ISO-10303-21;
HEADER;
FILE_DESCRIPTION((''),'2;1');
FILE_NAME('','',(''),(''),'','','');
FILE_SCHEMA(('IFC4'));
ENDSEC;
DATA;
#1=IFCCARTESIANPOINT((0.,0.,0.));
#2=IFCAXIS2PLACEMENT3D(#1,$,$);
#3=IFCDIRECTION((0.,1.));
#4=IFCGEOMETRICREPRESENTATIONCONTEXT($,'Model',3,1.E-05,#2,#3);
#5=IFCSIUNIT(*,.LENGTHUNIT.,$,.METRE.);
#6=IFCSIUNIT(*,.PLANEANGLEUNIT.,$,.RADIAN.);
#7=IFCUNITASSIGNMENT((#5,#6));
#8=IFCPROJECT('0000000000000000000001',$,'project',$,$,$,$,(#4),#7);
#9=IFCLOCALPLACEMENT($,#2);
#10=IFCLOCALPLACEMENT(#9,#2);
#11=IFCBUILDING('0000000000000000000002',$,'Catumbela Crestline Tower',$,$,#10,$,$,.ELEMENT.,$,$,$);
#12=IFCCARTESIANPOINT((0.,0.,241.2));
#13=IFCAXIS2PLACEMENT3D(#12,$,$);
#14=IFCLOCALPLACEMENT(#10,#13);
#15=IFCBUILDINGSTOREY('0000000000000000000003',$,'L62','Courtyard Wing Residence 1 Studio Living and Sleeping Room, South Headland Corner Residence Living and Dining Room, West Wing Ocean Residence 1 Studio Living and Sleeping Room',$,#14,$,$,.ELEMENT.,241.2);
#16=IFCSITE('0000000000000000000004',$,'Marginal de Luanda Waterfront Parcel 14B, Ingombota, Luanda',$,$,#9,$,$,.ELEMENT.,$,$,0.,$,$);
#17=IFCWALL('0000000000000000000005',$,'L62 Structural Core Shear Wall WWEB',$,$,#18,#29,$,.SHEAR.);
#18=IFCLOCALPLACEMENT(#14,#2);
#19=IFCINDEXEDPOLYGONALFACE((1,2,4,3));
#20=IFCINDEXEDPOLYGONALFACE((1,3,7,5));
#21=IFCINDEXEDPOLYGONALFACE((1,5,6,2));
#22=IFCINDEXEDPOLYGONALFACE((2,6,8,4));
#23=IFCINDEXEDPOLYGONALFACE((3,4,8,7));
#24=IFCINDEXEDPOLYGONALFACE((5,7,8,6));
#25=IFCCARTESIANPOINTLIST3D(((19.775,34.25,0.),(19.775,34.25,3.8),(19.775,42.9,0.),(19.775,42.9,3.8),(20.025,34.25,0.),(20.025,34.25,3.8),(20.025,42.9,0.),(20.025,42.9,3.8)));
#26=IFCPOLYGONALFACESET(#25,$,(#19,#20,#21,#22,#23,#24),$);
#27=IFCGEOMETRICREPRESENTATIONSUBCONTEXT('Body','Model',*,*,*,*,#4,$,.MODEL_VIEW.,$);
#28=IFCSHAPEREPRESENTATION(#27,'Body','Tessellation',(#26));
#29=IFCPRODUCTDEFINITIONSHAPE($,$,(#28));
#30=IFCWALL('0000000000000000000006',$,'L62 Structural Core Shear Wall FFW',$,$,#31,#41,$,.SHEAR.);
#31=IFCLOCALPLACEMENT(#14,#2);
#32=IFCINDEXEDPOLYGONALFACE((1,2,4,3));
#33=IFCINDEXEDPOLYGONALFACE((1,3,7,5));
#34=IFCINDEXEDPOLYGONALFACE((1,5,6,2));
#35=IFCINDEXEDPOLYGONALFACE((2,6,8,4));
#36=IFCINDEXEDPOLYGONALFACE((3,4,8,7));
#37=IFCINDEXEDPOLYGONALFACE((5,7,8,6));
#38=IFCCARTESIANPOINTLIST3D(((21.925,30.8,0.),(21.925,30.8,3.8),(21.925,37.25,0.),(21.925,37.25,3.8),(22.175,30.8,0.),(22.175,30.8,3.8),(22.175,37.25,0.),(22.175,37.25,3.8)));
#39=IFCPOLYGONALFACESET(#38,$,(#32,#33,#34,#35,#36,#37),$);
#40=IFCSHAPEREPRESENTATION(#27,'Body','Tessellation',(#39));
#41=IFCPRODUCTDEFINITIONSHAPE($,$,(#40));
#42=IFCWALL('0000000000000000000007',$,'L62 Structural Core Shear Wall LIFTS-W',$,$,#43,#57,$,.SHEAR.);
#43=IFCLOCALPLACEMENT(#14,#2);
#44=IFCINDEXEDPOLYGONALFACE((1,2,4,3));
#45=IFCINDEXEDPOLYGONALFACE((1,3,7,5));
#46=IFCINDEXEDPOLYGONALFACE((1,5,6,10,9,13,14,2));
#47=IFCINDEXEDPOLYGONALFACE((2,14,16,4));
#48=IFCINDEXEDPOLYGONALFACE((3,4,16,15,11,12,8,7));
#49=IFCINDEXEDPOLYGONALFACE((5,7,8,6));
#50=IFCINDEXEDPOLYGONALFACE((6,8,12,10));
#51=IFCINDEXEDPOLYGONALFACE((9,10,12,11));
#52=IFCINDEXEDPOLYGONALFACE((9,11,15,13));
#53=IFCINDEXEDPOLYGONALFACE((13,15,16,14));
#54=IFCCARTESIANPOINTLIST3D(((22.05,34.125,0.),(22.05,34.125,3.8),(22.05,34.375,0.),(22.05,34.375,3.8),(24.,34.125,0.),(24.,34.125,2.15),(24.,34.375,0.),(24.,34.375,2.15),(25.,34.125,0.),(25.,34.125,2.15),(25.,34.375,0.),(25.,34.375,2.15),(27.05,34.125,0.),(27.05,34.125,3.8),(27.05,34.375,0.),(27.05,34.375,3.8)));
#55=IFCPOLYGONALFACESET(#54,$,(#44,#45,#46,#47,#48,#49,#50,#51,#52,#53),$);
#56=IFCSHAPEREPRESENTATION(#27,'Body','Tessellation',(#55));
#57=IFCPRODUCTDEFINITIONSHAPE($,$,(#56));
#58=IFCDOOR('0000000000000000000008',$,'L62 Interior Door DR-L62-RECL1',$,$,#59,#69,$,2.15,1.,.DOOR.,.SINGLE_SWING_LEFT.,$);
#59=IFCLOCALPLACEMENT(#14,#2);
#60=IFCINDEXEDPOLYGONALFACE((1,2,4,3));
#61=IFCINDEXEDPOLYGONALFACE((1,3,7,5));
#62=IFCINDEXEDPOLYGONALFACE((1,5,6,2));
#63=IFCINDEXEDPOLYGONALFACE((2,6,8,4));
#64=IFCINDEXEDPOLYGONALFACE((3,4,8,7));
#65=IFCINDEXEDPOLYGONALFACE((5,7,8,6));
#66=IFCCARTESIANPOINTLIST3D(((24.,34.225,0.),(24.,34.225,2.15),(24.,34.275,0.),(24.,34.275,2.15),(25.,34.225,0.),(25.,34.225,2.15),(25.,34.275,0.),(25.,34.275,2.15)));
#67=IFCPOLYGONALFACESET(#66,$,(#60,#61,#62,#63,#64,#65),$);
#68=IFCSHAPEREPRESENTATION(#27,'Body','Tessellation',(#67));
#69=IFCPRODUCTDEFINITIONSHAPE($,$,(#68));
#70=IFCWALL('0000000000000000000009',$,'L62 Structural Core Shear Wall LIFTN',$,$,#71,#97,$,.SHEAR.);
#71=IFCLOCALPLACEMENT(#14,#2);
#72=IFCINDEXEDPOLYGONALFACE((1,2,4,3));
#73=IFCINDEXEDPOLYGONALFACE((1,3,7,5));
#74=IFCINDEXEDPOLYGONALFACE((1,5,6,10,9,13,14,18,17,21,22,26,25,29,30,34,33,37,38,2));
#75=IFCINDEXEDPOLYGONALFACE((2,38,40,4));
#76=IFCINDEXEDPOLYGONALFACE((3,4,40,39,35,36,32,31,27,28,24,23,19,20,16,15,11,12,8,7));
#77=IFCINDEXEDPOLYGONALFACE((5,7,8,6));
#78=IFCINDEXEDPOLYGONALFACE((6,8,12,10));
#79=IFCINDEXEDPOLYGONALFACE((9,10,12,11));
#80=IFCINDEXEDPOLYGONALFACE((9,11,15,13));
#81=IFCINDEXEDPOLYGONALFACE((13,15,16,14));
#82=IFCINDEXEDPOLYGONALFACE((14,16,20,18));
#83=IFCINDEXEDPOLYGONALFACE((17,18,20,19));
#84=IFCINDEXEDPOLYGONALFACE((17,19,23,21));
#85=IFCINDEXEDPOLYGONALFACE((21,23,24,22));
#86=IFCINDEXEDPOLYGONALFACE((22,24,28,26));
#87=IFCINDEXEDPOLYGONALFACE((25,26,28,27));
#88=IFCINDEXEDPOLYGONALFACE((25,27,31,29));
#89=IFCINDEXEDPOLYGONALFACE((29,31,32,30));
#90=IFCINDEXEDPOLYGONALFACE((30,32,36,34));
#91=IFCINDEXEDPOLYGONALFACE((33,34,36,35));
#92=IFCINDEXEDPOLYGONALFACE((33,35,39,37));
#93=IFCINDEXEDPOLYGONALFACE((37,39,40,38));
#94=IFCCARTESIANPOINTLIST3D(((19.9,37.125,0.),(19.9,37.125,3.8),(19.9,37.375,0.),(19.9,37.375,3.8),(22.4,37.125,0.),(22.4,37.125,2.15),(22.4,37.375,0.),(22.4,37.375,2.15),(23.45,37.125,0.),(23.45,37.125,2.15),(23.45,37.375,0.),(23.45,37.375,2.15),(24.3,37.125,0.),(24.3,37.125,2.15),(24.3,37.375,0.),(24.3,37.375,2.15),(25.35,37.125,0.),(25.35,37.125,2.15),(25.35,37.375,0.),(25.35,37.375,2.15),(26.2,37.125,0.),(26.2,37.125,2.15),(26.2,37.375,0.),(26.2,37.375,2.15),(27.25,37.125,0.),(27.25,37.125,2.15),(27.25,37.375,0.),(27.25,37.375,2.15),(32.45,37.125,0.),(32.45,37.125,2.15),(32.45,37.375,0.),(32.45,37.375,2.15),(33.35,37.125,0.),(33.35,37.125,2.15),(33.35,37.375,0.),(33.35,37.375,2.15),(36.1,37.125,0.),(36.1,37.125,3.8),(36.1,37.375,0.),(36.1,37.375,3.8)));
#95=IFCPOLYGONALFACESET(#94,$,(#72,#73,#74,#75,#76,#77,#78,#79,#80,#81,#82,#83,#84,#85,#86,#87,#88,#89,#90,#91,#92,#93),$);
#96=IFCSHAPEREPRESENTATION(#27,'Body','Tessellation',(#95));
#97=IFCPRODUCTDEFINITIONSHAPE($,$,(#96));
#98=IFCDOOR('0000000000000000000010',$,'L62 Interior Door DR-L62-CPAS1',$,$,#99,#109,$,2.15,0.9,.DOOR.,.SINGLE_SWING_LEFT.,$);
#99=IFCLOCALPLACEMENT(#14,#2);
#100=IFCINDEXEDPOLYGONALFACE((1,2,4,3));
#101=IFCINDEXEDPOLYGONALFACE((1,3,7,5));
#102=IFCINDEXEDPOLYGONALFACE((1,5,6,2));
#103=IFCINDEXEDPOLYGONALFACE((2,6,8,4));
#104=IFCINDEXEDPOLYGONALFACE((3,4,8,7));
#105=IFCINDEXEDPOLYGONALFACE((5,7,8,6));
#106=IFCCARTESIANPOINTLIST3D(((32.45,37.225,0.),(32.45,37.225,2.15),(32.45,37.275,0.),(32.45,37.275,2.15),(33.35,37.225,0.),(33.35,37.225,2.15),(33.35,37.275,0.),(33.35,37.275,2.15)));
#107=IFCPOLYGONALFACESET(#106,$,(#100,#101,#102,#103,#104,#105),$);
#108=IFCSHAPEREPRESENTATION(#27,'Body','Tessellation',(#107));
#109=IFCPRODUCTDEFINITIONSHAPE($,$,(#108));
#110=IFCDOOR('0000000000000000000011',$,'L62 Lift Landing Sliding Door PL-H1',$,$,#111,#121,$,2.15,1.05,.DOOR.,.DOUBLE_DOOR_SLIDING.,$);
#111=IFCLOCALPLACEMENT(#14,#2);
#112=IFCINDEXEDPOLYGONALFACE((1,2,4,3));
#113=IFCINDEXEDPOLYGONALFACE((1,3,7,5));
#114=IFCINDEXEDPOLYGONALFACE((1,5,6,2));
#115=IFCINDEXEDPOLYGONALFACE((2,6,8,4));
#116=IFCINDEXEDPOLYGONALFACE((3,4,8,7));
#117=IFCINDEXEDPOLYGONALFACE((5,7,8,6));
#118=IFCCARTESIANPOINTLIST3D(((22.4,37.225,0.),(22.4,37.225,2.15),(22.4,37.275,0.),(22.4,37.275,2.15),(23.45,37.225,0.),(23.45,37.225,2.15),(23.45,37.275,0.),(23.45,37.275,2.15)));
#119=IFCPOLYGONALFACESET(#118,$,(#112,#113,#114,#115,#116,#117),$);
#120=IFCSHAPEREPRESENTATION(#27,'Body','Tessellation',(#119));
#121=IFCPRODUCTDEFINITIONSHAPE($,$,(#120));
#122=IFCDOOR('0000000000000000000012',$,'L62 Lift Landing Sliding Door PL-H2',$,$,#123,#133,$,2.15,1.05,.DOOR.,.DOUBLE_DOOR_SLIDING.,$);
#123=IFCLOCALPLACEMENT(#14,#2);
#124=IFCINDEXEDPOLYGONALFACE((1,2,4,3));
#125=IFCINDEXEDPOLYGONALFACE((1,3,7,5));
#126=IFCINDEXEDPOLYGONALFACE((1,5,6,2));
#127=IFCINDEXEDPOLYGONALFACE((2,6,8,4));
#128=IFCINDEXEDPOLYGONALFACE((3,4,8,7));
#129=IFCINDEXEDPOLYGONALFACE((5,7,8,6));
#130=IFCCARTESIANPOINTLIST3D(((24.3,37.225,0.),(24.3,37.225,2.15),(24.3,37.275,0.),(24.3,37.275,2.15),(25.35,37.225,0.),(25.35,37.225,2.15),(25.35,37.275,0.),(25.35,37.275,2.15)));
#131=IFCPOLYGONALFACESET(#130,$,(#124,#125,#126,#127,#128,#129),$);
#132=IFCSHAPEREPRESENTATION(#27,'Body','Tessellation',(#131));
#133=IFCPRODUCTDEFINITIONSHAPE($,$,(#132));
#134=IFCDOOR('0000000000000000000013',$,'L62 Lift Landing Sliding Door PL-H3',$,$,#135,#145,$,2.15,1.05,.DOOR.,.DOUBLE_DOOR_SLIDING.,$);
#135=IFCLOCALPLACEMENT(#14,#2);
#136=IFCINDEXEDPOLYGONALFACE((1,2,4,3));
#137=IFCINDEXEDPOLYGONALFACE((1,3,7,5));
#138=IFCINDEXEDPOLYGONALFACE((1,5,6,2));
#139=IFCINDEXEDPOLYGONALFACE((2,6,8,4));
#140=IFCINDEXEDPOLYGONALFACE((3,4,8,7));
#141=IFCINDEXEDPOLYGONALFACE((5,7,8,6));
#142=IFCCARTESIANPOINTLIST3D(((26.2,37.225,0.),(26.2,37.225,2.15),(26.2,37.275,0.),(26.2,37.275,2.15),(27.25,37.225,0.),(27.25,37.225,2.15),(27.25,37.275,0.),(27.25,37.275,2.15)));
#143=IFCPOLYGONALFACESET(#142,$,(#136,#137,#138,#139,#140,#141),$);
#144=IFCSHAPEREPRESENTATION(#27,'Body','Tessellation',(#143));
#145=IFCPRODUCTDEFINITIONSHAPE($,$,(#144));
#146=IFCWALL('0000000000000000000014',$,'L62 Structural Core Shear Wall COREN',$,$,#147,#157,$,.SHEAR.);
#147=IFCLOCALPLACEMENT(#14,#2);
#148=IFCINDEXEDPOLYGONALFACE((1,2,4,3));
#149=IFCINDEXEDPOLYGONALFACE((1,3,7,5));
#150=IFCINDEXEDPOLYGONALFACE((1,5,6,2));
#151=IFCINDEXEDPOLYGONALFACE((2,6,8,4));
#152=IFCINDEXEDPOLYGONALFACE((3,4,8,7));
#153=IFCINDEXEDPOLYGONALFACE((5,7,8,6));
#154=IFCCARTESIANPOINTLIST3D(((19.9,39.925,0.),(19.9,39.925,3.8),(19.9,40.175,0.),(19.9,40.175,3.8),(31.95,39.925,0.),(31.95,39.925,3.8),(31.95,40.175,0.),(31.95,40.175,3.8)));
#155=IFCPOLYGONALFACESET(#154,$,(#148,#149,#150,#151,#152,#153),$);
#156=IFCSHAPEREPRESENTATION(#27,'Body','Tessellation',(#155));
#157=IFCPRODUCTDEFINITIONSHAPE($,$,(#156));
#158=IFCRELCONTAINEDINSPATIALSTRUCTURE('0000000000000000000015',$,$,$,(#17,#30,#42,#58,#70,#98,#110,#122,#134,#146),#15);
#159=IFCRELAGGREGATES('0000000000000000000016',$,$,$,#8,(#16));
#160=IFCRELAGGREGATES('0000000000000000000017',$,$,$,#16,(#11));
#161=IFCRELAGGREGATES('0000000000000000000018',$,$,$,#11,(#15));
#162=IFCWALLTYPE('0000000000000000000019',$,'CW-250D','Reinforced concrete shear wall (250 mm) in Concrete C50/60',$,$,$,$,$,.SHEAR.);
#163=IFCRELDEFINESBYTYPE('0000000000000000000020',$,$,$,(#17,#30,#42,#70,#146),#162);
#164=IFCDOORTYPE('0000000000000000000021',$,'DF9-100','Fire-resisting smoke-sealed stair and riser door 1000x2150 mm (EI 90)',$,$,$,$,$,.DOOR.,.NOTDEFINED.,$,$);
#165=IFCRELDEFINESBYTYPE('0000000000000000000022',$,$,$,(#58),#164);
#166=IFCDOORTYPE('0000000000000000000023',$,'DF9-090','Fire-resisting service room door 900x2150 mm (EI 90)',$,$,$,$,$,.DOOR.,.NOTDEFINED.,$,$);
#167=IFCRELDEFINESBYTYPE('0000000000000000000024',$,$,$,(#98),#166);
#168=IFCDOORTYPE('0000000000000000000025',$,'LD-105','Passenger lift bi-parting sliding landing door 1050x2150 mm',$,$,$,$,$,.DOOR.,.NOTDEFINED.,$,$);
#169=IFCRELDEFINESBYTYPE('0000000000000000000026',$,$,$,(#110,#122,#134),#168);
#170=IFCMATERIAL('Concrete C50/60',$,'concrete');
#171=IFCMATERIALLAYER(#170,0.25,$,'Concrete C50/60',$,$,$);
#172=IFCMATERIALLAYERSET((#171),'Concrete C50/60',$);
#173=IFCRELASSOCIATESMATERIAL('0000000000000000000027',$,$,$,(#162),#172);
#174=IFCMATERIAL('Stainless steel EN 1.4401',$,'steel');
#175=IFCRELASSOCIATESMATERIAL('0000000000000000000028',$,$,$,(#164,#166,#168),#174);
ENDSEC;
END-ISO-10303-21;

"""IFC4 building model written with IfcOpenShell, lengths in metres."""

from ifc_helpers import new_model, si_unit, direction, frame, frame_2d, origin, place, context, subcontext, project, spatial, rectangle, extrude, material, layer, layer_set, type_object, element, fill, save


model = new_model("IFC4")

# Units and contexts
model_context = context("Model", 3, precision=1e-05, world=origin(), true_north=direction((0.0, 1.0)))
body_context = subcontext(model_context, "Body", "Model", "MODEL_VIEW")
ifc_project = project(units=[si_unit("LENGTHUNIT", "METRE"), si_unit("PLANEANGLEUNIT", "RADIAN")], contexts=[model_context])

# Site, building, storey
site_placement = place(None, origin())
site = spatial("IfcSite", under=ifc_project, at=site_placement, Name="Marginal de Luanda Waterfront Parcel 14B, Ingombota, Luanda", CompositionType="ELEMENT", RefElevation=0.0)
building_placement = place(site_placement, origin())
building = spatial("IfcBuilding", under=site, at=building_placement, Name="Catumbela Crestline Tower", CompositionType="ELEMENT")
storey_placement = place(building_placement, frame((0.0, 0.0, 241.2)))
storey = spatial("IfcBuildingStorey", under=building, at=storey_placement, Name="L62", Description="Courtyard Wing Residence 1 Studio Living and Sleeping Room, South Headland Corner Residence Living and Dining Room, West Wing Ocean Residence 1 Studio Living and Sleeping Room", CompositionType="ELEMENT", Elevation=241.2)

# Walls
ifc_material_1 = material(Name="Concrete C50/60", Category="concrete")
ifc_layer_1 = layer(ifc_material_1, 0.25, Name="Concrete C50/60")
ifc_layer_set_1 = layer_set([ifc_layer_1], Name="Concrete C50/60")
wall_type_1 = type_object("IfcWallType", Name="CW-250D", Description="Reinforced concrete shear wall (250 mm) in Concrete C50/60", PredefinedType="SHEAR", material=ifc_layer_set_1)
wall_1_placement = place(storey_placement, frame((19.9, 34.25, 0.0), z_axis=(0.0, 0.0, 1.0), x_axis=(0.0, 1.0, 0.0)))
element("IfcWall", 1, at=wall_1_placement, inside=storey, type_object=wall_type_1, Name="L62 Structural Core Shear Wall WWEB", PredefinedType="SHEAR", context=body_context, shape_type="SweptSolid", body=[
    extrude(rectangle(XDim=8.65, YDim=0.25, at=frame_2d((4.325, 0.0))), origin(), (0.0, 0.0, 1.0), 3.8),
])
wall_2_placement = place(storey_placement, frame((22.05, 30.8, 0.0), z_axis=(0.0, 0.0, 1.0), x_axis=(0.0, 1.0, 0.0)))
element("IfcWall", 2, at=wall_2_placement, inside=storey, type_object=wall_type_1, Name="L62 Structural Core Shear Wall FFW", PredefinedType="SHEAR", context=body_context, shape_type="SweptSolid", body=[
    extrude(rectangle(XDim=6.45, YDim=0.25, at=frame_2d((3.225, 0.0))), origin(), (0.0, 0.0, 1.0), 3.8),
])

# Wall, opening, door
wall_3_placement = place(storey_placement, frame((22.05, 34.25, 0.0), z_axis=(0.0, 0.0, 1.0), x_axis=(1.0, 0.0, 0.0)))
wall_3 = element("IfcWall", 3, at=wall_3_placement, inside=storey, type_object=wall_type_1, Name="L62 Structural Core Shear Wall LIFTS-W", PredefinedType="SHEAR", context=body_context, shape_type="SweptSolid", body=[
    extrude(rectangle(XDim=5.0, YDim=0.25, at=frame_2d((2.5, 0.0))), origin(), (0.0, 0.0, 1.0), 3.8),
])
opening_1_placement = place(wall_3_placement, frame((1.95, 0.0, 0.0)))
opening_1 = element("IfcOpeningElement", 4, at=opening_1_placement, cuts=wall_3, PredefinedType="OPENING", context=body_context, shape_type="SweptSolid", body=[
    extrude(rectangle(XDim=1.0, YDim=2.15, at=frame_2d((0.5, 1.075))), frame((0.0, 0.135, 0.0), z_axis=(0.0, -1.0, 0.0), x_axis=(1.0, 0.0, 0.0)), (0.0, 0.0, 1.0), 0.27),
])
ifc_material_2 = material(Name="Stainless steel EN 1.4401", Category="steel")
door_type_1 = type_object("IfcDoorType", Name="DF9-100", Description="Fire-resisting smoke-sealed stair and riser door 1000x2150 mm (EI 90)", OperationType="NOTDEFINED", PredefinedType="DOOR", material=ifc_material_2)
door_1_placement = place(opening_1_placement, origin())
door_1 = element("IfcDoor", 5, at=door_1_placement, inside=storey, type_object=door_type_1, Name="L62 Interior Door DR-L62-RECL1", OperationType="SINGLE_SWING_LEFT", OverallHeight=2.15, OverallWidth=1.0, PredefinedType="DOOR", context=body_context, shape_type="SweptSolid", body=[
    extrude(rectangle(XDim=1.0, YDim=2.15, at=frame_2d((0.5, 1.075))), frame((0.0, 0.025, 0.0), z_axis=(0.0, -1.0, 0.0), x_axis=(1.0, 0.0, 0.0)), (0.0, 0.0, 1.0), 0.05),
])
fill(opening_1, door_1)

# Wall, openings, doors
wall_4_placement = place(storey_placement, frame((19.9, 37.25, 0.0), z_axis=(0.0, 0.0, 1.0), x_axis=(1.0, 0.0, 0.0)))
wall_4 = element("IfcWall", 6, at=wall_4_placement, inside=storey, type_object=wall_type_1, Name="L62 Structural Core Shear Wall LIFTN", PredefinedType="SHEAR", context=body_context, shape_type="SweptSolid", body=[
    extrude(rectangle(XDim=16.2, YDim=0.25, at=frame_2d((8.1, 0.0))), origin(), (0.0, 0.0, 1.0), 3.8),
])
opening_2_placement = place(wall_4_placement, frame((12.55, 0.0, 0.0)))
opening_2 = element("IfcOpeningElement", 7, at=opening_2_placement, cuts=wall_4, PredefinedType="OPENING", context=body_context, shape_type="SweptSolid", body=[
    extrude(rectangle(XDim=0.9, YDim=2.15, at=frame_2d((0.45, 1.075))), frame((0.0, 0.135, 0.0), z_axis=(0.0, -1.0, 0.0), x_axis=(1.0, 0.0, 0.0)), (0.0, 0.0, 1.0), 0.27),
])
opening_3_placement = place(wall_4_placement, frame((2.5, 0.0, 0.0)))
opening_3 = element("IfcOpeningElement", 8, at=opening_3_placement, cuts=wall_4, PredefinedType="OPENING", context=body_context, shape_type="SweptSolid", body=[
    extrude(rectangle(XDim=1.05, YDim=2.15, at=frame_2d((0.525, 1.075))), frame((0.0, 0.135, 0.0), z_axis=(0.0, -1.0, 0.0), x_axis=(1.0, 0.0, 0.0)), (0.0, 0.0, 1.0), 0.27),
])
opening_4_placement = place(wall_4_placement, frame((4.4, 0.0, 0.0)))
opening_4 = element("IfcOpeningElement", 9, at=opening_4_placement, cuts=wall_4, PredefinedType="OPENING", context=body_context, shape_type="SweptSolid", body=[
    extrude(rectangle(XDim=1.05, YDim=2.15, at=frame_2d((0.525, 1.075))), frame((0.0, 0.135, 0.0), z_axis=(0.0, -1.0, 0.0), x_axis=(1.0, 0.0, 0.0)), (0.0, 0.0, 1.0), 0.27),
])
opening_5_placement = place(wall_4_placement, frame((6.3, 0.0, 0.0)))
opening_5 = element("IfcOpeningElement", 10, at=opening_5_placement, cuts=wall_4, PredefinedType="OPENING", context=body_context, shape_type="SweptSolid", body=[
    extrude(rectangle(XDim=1.05, YDim=2.15, at=frame_2d((0.525, 1.075))), frame((0.0, 0.135, 0.0), z_axis=(0.0, -1.0, 0.0), x_axis=(1.0, 0.0, 0.0)), (0.0, 0.0, 1.0), 0.27),
])
door_type_2 = type_object("IfcDoorType", Name="DF9-090", Description="Fire-resisting service room door 900x2150 mm (EI 90)", OperationType="NOTDEFINED", PredefinedType="DOOR", material=ifc_material_2)
door_2_placement = place(opening_2_placement, origin())
door_2 = element("IfcDoor", 11, at=door_2_placement, inside=storey, type_object=door_type_2, Name="L62 Interior Door DR-L62-CPAS1", OperationType="SINGLE_SWING_LEFT", OverallHeight=2.15, OverallWidth=0.9, PredefinedType="DOOR", context=body_context, shape_type="SweptSolid", body=[
    extrude(rectangle(XDim=0.9, YDim=2.15, at=frame_2d((0.45, 1.075))), frame((0.0, 0.025, 0.0), z_axis=(0.0, -1.0, 0.0), x_axis=(1.0, 0.0, 0.0)), (0.0, 0.0, 1.0), 0.05),
])
fill(opening_2, door_2)
door_type_3 = type_object("IfcDoorType", Name="LD-105", Description="Passenger lift bi-parting sliding landing door 1050x2150 mm", OperationType="NOTDEFINED", PredefinedType="DOOR", material=ifc_material_2)
door_3_placement = place(opening_3_placement, origin())
door_3 = element("IfcDoor", 12, at=door_3_placement, inside=storey, type_object=door_type_3, Name="L62 Lift Landing Sliding Door PL-H1", OperationType="DOUBLE_DOOR_SLIDING", OverallHeight=2.15, OverallWidth=1.05, PredefinedType="DOOR", context=body_context, shape_type="SweptSolid", body=[
    extrude(rectangle(XDim=1.05, YDim=2.15, at=frame_2d((0.525, 1.075))), frame((0.0, 0.025, 0.0), z_axis=(0.0, -1.0, 0.0), x_axis=(1.0, 0.0, 0.0)), (0.0, 0.0, 1.0), 0.05),
])
fill(opening_3, door_3)
door_4_placement = place(opening_4_placement, origin())
door_4 = element("IfcDoor", 13, at=door_4_placement, inside=storey, type_object=door_type_3, Name="L62 Lift Landing Sliding Door PL-H2", OperationType="DOUBLE_DOOR_SLIDING", OverallHeight=2.15, OverallWidth=1.05, PredefinedType="DOOR", context=body_context, shape_type="SweptSolid", body=[
    extrude(rectangle(XDim=1.05, YDim=2.15, at=frame_2d((0.525, 1.075))), frame((0.0, 0.025, 0.0), z_axis=(0.0, -1.0, 0.0), x_axis=(1.0, 0.0, 0.0)), (0.0, 0.0, 1.0), 0.05),
])
fill(opening_4, door_4)
door_5_placement = place(opening_5_placement, origin())
door_5 = element("IfcDoor", 14, at=door_5_placement, inside=storey, type_object=door_type_3, Name="L62 Lift Landing Sliding Door PL-H3", OperationType="DOUBLE_DOOR_SLIDING", OverallHeight=2.15, OverallWidth=1.05, PredefinedType="DOOR", context=body_context, shape_type="SweptSolid", body=[
    extrude(rectangle(XDim=1.05, YDim=2.15, at=frame_2d((0.525, 1.075))), frame((0.0, 0.025, 0.0), z_axis=(0.0, -1.0, 0.0), x_axis=(1.0, 0.0, 0.0)), (0.0, 0.0, 1.0), 0.05),
])
fill(opening_5, door_5)

# Wall
wall_5_placement = place(storey_placement, frame((19.9, 40.05, 0.0), z_axis=(0.0, 0.0, 1.0), x_axis=(1.0, 0.0, 0.0)))
element("IfcWall", 15, at=wall_5_placement, inside=storey, type_object=wall_type_1, Name="L62 Structural Core Shear Wall COREN", PredefinedType="SHEAR", context=body_context, shape_type="SweptSolid", body=[
    extrude(rectangle(XDim=12.05, YDim=0.25, at=frame_2d((6.025, 0.0))), origin(), (0.0, 0.0, 1.0), 3.8),
])

save(model, "model.ifc")
